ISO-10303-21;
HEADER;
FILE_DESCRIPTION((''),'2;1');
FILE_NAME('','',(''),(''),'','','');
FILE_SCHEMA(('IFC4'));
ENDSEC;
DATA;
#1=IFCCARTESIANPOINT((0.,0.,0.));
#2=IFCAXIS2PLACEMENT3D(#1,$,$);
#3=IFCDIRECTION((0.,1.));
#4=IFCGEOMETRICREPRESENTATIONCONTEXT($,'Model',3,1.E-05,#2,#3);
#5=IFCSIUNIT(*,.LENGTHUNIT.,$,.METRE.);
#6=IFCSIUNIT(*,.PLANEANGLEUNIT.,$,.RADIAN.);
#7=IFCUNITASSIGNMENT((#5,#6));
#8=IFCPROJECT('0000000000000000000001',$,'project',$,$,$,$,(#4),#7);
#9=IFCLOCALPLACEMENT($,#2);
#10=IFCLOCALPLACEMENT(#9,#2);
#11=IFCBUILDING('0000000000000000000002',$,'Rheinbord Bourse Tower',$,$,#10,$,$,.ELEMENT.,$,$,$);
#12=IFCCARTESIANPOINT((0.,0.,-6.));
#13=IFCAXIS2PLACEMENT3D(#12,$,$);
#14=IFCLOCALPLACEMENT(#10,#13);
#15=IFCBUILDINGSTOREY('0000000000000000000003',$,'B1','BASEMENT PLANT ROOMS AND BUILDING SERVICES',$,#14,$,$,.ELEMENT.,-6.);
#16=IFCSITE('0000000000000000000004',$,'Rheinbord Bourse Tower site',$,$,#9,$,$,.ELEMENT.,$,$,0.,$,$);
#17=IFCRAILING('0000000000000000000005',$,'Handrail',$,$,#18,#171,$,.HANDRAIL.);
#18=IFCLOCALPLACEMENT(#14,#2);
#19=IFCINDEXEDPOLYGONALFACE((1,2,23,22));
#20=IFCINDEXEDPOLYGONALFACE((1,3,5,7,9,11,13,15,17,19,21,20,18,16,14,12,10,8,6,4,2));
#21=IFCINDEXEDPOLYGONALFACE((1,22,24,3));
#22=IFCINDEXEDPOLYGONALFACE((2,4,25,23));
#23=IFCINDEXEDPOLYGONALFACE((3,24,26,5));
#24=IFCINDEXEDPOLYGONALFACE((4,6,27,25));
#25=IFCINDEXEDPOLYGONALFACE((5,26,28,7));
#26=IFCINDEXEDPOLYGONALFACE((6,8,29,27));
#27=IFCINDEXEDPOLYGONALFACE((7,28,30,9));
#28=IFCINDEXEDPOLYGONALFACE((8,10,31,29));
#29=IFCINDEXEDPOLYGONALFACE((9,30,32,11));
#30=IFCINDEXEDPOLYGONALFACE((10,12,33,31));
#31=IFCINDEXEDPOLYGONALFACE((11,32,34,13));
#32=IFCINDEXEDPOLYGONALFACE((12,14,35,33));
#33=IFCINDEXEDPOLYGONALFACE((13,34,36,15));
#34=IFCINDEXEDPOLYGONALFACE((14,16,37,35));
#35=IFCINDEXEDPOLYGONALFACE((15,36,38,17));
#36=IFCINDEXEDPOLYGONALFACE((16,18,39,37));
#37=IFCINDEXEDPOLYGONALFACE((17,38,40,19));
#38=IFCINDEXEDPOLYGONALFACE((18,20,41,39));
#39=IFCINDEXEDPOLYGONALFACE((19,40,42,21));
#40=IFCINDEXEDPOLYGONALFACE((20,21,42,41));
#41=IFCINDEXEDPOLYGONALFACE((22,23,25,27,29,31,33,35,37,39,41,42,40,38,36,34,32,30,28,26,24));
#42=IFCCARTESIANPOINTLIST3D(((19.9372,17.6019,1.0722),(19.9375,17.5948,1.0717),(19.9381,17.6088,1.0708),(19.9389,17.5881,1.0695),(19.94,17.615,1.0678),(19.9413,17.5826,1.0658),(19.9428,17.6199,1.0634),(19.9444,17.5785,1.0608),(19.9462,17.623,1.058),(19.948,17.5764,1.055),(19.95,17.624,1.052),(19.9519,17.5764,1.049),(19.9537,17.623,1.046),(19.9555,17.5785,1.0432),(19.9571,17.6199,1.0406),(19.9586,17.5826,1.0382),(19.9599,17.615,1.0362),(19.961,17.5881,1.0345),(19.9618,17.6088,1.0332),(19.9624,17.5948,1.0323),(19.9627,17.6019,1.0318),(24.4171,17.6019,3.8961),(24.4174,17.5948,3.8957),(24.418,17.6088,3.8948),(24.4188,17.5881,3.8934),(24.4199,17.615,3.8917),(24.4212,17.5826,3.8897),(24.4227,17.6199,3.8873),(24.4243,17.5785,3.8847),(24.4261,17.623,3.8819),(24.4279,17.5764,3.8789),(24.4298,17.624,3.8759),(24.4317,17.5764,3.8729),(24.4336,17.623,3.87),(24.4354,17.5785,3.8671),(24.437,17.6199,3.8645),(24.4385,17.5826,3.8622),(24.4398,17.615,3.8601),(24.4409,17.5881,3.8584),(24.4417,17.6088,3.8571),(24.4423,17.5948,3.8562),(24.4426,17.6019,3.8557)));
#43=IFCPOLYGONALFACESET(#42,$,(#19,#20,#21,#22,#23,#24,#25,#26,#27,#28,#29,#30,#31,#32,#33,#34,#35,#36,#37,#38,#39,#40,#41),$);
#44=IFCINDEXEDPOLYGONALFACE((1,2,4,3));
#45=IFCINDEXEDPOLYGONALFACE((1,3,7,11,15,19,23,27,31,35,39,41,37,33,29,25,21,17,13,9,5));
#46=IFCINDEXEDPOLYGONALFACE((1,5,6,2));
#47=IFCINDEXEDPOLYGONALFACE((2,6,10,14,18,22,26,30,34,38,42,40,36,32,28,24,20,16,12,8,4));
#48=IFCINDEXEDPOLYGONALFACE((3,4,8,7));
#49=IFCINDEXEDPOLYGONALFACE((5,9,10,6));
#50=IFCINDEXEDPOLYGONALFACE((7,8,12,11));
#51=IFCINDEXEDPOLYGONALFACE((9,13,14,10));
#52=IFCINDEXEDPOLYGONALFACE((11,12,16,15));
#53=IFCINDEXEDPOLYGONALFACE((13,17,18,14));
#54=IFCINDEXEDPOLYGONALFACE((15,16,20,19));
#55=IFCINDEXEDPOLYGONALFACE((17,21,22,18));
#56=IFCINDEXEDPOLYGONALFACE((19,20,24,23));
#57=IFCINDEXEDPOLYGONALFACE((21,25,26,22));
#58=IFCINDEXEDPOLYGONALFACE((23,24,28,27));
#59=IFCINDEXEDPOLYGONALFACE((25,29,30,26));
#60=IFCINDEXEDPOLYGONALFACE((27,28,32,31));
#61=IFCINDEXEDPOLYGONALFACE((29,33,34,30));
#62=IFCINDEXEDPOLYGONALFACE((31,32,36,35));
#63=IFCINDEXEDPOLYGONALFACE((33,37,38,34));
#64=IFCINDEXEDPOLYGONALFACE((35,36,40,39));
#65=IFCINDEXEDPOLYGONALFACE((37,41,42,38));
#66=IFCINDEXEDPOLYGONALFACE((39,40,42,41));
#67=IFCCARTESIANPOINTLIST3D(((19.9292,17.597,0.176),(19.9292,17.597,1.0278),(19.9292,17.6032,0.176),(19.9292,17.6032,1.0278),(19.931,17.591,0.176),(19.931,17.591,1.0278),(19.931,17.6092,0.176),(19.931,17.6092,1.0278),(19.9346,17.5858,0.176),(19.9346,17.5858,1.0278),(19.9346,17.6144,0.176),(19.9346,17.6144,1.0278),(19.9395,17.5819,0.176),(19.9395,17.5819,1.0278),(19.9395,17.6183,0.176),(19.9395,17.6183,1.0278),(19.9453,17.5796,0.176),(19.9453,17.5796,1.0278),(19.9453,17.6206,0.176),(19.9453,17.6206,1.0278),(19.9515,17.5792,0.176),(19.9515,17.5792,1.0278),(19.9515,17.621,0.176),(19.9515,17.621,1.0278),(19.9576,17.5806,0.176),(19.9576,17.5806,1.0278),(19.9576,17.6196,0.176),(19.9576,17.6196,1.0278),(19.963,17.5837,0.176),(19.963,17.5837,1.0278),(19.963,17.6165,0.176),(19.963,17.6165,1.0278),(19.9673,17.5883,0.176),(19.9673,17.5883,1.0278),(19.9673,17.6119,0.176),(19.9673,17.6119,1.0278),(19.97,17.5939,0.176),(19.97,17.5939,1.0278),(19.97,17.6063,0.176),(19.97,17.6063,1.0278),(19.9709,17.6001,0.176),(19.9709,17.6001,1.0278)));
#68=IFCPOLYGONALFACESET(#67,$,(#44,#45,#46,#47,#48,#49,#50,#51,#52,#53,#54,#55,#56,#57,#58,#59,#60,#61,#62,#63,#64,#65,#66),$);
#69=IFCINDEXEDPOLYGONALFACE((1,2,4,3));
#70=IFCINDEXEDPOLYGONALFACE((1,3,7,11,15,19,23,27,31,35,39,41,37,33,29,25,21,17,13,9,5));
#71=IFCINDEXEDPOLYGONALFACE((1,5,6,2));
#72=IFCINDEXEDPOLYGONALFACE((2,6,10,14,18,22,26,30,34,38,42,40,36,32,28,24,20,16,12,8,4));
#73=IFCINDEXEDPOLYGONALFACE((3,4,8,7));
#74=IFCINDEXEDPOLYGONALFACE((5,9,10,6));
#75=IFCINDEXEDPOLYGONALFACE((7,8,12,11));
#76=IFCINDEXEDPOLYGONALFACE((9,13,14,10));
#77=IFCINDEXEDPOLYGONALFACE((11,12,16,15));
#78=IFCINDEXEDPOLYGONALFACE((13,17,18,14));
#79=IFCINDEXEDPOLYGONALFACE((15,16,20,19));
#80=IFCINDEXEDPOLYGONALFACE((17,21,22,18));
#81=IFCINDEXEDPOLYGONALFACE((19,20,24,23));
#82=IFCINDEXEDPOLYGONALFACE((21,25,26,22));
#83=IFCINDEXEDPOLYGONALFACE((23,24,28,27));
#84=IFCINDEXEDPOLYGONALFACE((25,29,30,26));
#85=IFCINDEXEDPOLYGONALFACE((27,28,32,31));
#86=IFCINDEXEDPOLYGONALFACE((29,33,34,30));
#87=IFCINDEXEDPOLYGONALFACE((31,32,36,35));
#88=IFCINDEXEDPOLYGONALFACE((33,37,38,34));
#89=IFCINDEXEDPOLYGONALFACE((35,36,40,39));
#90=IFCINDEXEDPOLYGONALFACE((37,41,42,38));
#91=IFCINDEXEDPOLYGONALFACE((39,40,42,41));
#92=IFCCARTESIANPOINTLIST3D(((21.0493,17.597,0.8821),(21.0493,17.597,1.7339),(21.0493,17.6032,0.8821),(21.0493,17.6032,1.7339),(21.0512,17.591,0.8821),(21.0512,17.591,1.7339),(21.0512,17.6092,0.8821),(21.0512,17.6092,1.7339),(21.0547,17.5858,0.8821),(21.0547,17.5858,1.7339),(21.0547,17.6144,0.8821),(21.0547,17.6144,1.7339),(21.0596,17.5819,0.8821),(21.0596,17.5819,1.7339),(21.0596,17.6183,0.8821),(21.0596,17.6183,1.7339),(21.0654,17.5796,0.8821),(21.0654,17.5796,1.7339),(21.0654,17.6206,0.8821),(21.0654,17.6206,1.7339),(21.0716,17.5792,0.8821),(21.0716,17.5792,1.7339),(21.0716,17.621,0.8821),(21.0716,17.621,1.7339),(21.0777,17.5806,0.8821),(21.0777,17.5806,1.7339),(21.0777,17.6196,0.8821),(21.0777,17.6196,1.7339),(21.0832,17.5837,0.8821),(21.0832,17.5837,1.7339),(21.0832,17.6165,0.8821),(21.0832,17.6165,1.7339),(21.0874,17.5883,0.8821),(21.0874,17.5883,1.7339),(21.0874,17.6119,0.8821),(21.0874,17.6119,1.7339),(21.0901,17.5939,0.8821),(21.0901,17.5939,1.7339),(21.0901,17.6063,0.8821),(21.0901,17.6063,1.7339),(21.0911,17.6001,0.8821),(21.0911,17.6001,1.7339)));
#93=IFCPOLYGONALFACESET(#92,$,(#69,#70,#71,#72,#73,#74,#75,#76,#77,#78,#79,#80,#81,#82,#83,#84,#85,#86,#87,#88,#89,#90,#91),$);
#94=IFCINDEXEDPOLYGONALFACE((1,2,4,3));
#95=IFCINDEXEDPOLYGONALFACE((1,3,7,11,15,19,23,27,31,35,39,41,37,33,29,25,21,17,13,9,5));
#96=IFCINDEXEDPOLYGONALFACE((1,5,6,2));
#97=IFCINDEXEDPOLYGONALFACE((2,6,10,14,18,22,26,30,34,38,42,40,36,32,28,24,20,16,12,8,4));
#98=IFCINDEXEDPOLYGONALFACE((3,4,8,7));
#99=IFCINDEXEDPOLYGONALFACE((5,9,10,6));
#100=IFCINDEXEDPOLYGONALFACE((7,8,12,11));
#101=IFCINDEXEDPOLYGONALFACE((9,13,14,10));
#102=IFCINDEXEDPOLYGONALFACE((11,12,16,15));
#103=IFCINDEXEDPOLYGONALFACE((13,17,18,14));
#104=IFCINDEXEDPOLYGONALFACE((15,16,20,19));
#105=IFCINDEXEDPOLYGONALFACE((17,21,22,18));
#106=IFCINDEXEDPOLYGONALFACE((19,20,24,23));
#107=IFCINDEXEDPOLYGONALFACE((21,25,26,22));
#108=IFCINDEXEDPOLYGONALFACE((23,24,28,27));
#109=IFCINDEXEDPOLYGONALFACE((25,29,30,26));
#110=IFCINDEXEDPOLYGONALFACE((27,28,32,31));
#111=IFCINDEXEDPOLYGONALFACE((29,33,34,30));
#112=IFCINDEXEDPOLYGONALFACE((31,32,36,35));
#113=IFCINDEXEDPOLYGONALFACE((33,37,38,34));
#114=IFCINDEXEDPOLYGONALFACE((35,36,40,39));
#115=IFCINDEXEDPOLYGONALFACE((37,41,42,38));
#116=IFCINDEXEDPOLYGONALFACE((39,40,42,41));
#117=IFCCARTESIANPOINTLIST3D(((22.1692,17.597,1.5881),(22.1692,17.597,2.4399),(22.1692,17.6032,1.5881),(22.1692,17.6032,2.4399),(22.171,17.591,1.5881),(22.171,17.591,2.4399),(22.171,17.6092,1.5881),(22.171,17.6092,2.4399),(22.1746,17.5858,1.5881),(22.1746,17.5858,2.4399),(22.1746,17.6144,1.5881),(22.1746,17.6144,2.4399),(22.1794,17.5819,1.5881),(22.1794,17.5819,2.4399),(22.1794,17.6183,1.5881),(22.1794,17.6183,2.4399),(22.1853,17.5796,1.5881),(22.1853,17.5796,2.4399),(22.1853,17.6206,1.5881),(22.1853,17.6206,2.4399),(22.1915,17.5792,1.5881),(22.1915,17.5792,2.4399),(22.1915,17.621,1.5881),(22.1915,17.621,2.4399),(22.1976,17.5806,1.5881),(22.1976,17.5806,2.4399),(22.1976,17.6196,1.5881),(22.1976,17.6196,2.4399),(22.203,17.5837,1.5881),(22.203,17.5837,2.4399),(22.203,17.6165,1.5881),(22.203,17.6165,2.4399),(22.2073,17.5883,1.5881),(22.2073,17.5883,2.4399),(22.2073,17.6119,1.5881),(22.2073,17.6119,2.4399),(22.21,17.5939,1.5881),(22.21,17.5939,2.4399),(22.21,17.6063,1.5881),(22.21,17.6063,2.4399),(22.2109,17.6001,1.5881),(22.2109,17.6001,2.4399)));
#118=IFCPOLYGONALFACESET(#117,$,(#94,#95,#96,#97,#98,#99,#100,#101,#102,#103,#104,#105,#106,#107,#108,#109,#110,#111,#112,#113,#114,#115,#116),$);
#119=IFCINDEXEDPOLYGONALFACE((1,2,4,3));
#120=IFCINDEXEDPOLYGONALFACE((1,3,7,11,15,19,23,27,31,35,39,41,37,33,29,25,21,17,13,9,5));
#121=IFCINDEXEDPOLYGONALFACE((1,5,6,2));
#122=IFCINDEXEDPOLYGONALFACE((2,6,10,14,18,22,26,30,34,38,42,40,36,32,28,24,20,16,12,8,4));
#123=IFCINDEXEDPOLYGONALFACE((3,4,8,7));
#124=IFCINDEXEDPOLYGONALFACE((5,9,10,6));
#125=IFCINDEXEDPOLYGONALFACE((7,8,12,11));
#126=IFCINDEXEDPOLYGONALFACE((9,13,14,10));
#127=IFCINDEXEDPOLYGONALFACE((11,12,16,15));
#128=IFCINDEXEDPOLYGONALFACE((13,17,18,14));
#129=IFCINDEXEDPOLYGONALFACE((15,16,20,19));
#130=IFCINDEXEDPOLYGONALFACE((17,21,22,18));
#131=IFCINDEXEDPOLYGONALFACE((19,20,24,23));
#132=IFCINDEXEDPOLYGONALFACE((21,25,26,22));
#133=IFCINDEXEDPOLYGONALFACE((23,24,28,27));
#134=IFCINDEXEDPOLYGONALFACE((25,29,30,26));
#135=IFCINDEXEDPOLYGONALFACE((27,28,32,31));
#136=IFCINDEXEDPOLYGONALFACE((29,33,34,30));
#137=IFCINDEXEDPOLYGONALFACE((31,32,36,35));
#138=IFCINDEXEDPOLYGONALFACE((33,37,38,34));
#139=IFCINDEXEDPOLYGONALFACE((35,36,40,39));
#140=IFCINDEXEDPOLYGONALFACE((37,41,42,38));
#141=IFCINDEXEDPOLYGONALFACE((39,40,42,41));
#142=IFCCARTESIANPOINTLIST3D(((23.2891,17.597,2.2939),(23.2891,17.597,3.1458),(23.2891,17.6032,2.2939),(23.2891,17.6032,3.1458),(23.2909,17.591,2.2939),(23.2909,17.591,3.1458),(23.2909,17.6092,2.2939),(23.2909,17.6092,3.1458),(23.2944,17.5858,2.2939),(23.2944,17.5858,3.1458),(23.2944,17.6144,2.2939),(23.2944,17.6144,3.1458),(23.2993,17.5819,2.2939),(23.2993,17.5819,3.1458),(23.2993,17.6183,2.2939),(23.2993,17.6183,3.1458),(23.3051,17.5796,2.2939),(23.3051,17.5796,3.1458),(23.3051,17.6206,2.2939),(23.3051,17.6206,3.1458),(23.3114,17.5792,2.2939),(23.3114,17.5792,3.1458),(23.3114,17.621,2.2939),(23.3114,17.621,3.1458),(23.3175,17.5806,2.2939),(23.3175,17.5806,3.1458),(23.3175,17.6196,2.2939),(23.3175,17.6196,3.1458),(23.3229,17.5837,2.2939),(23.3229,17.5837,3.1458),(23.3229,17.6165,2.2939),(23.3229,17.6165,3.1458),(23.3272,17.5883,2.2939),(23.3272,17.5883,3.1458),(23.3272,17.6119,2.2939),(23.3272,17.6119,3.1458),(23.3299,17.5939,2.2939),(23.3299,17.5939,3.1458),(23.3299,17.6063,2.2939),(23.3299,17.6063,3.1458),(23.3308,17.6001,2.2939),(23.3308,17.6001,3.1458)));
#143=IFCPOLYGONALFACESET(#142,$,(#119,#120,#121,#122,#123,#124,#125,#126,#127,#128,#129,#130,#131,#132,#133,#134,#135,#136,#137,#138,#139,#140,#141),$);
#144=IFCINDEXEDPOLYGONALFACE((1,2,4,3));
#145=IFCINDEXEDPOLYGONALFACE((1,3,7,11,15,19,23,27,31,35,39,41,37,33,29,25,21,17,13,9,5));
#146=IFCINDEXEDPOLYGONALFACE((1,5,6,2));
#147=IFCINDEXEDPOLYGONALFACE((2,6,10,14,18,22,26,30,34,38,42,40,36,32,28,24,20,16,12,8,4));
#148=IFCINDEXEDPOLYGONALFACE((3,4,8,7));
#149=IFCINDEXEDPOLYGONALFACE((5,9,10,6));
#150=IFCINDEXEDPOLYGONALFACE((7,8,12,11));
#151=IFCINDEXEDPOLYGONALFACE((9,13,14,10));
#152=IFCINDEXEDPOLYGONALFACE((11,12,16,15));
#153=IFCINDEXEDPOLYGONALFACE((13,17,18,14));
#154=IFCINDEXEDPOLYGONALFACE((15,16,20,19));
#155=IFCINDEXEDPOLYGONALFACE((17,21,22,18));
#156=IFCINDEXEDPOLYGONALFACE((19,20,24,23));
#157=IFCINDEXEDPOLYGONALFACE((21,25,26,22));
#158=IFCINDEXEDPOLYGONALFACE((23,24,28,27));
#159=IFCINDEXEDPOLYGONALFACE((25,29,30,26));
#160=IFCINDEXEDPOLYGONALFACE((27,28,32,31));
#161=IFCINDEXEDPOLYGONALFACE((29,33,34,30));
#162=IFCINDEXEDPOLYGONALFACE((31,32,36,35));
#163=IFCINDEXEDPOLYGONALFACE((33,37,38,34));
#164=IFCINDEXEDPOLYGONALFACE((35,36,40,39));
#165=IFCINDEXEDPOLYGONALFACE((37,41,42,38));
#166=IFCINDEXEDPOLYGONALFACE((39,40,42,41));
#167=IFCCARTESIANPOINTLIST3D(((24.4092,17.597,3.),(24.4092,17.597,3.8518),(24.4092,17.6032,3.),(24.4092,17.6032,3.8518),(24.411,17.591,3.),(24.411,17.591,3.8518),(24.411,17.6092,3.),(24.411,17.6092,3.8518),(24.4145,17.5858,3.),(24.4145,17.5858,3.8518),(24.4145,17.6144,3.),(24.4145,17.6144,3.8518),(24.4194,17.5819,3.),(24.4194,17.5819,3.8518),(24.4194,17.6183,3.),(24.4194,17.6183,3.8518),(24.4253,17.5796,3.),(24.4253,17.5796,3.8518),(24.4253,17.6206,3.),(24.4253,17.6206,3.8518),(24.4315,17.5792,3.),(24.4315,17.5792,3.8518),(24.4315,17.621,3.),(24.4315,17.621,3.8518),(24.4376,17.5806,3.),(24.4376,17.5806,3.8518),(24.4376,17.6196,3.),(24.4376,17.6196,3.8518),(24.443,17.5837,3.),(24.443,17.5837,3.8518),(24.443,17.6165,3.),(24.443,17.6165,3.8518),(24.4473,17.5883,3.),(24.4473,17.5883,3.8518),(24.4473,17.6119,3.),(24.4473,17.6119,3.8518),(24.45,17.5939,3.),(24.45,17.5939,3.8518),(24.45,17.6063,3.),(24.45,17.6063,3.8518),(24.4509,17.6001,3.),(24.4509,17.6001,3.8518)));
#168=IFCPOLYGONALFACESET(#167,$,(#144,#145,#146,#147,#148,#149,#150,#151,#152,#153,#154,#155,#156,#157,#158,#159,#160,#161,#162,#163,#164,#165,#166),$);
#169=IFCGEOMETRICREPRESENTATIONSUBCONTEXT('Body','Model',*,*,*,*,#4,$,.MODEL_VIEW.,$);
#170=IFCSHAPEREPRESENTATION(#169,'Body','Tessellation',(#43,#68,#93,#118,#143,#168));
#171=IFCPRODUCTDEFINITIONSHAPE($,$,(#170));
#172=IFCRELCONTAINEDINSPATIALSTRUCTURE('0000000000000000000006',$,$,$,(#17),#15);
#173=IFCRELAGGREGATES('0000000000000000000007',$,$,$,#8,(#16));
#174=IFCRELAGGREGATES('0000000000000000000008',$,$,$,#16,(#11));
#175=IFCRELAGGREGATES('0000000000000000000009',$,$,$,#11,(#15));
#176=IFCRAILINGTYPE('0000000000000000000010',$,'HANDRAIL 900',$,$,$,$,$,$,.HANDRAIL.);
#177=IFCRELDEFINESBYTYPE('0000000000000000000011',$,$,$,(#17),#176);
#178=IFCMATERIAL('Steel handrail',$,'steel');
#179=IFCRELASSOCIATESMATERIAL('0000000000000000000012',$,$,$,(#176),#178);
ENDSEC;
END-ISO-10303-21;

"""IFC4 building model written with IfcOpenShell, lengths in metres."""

from ifc_helpers import new_model, si_unit, direction, frame, origin, origin_2d, place, context, subcontext, project, spatial, circle, extrude, material, type_object, element, save


model = new_model("IFC4")

# Units and contexts
model_context = context("Model", 3, precision=1e-05, world=origin(), true_north=direction((0.0, 1.0)))
body_context = subcontext(model_context, "Body", "Model", "MODEL_VIEW")
ifc_project = project(units=[si_unit("LENGTHUNIT", "METRE"), si_unit("PLANEANGLEUNIT", "RADIAN")], contexts=[model_context])

# Site, building, storey
site_placement = place(None, origin())
site = spatial("IfcSite", under=ifc_project, at=site_placement, Name="Rheinbord Bourse Tower site", CompositionType="ELEMENT", RefElevation=0.0)
building_placement = place(site_placement, origin())
building = spatial("IfcBuilding", under=site, at=building_placement, Name="Rheinbord Bourse Tower", CompositionType="ELEMENT")
storey_placement = place(building_placement, frame((0.0, 0.0, -6.0)))
storey = spatial("IfcBuildingStorey", under=building, at=storey_placement, Name="B1", Description="BASEMENT PLANT ROOMS AND BUILDING SERVICES", CompositionType="ELEMENT", Elevation=-6.0)

# Railing
ifc_material_1 = material(Name="Steel handrail", Category="steel")
railing_type = type_object("IfcRailingType", Name="HANDRAIL 900", PredefinedType="HANDRAIL", material=ifc_material_1)
railing_1_placement = place(storey_placement, frame((19.95, 17.6001, 0.176)))
element("IfcRailing", 1, at=railing_1_placement, inside=storey, type_object=railing_type, Name="Handrail", PredefinedType="HANDRAIL", context=body_context, shape_type="SweptSolid", body=[
    extrude(circle(Radius=0.0239, at=origin_2d()), frame((0.0, 0.0, 0.876), z_axis=(0.845956, 0.0, 0.533252), x_axis=(0.0, 1.0, 0.0)), (0.0, 0.0, 1.0), 5.2957),
    extrude(circle(Radius=0.021, at=origin_2d()), origin(), (0.0, 0.0, 1.0), 0.8518),
    extrude(circle(Radius=0.021, at=origin_2d()), frame((1.1201, 0.0, 0.7061)), (0.0, 0.0, 1.0), 0.8518),
    extrude(circle(Radius=0.021, at=origin_2d()), frame((2.24, 0.0, 1.4121)), (0.0, 0.0, 1.0), 0.8518),
    extrude(circle(Radius=0.021, at=origin_2d()), frame((3.3599, 0.0, 2.1179)), (0.0, 0.0, 1.0), 0.8518),
    extrude(circle(Radius=0.021, at=origin_2d()), frame((4.48, 0.0, 2.824)), (0.0, 0.0, 1.0), 0.8518),
])

save(model, "model.ifc")
